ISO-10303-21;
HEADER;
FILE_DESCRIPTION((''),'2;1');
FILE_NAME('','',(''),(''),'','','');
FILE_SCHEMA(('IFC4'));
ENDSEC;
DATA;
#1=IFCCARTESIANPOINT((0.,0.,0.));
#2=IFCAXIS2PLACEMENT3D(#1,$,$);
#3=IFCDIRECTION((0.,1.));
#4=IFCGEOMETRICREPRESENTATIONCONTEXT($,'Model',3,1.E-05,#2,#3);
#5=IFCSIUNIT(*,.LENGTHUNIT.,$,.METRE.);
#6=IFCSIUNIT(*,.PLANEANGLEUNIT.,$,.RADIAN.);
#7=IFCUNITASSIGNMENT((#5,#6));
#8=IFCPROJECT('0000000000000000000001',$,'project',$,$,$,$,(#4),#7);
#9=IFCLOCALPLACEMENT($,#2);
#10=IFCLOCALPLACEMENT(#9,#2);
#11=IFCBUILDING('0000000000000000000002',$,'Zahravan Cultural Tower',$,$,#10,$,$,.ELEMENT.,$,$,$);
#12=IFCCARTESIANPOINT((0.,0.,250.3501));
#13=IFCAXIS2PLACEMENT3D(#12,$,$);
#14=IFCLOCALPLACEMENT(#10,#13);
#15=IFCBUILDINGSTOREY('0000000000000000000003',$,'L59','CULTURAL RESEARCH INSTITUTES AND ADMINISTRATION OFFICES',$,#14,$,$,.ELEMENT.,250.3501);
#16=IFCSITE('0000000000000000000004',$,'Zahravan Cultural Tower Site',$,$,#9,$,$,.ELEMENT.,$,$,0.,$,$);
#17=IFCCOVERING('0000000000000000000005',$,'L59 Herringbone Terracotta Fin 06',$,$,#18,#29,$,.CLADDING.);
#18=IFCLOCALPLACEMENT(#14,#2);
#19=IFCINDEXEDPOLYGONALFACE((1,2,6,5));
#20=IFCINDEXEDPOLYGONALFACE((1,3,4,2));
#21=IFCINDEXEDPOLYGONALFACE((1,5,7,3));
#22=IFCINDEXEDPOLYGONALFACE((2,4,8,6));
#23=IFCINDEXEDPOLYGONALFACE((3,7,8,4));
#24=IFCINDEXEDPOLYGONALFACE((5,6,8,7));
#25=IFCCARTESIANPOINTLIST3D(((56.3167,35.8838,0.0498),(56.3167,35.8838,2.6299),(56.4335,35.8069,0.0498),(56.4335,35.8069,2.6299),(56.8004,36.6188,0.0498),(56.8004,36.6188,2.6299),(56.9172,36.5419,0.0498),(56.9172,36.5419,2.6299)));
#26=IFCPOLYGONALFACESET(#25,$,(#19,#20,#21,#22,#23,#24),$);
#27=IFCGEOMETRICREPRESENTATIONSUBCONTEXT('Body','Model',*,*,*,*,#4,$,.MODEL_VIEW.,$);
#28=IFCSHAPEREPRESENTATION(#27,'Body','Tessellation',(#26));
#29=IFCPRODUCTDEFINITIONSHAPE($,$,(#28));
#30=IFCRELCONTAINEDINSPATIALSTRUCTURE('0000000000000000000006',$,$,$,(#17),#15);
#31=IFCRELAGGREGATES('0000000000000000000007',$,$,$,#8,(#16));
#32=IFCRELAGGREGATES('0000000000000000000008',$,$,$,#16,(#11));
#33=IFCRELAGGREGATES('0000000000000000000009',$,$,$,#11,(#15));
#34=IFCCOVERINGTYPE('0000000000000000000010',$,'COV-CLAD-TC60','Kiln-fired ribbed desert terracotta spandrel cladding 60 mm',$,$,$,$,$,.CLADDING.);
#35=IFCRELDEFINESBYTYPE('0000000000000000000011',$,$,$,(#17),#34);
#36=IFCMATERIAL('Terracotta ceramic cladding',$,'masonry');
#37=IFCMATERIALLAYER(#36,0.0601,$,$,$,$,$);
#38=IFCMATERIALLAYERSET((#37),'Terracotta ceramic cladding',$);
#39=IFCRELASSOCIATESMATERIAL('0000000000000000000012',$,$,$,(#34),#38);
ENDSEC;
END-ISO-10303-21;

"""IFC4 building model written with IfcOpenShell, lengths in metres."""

from ifc_helpers import new_model, si_unit, direction, frame, origin, origin_2d, place, context, subcontext, project, spatial, rectangle, extrude, source, transform, mapped, material, layer, layer_set, type_object, element, save


model = new_model("IFC4")

# Units and contexts
model_context = context("Model", 3, precision=1e-05, world=origin(), true_north=direction((0.0, 1.0)))
body_context = subcontext(model_context, "Body", "Model", "MODEL_VIEW")
ifc_project = project(units=[si_unit("LENGTHUNIT", "METRE"), si_unit("PLANEANGLEUNIT", "RADIAN")], contexts=[model_context])

# Site, building, storey
site_placement = place(None, origin())
site = spatial("IfcSite", under=ifc_project, at=site_placement, Name="Zahravan Cultural Tower Site", CompositionType="ELEMENT", RefElevation=0.0)
building_placement = place(site_placement, origin())
building = spatial("IfcBuilding", under=site, at=building_placement, Name="Zahravan Cultural Tower", CompositionType="ELEMENT")
storey_placement = place(building_placement, frame((0.0, 0.0, 250.3501)))
storey = spatial("IfcBuildingStorey", under=building, at=storey_placement, Name="L59", Description="CULTURAL RESEARCH INSTITUTES AND ADMINISTRATION OFFICES", CompositionType="ELEMENT", Elevation=250.3501)

# Covering
ifc_material_1 = material(Name="Terracotta ceramic cladding", Category="masonry")
ifc_layer_1 = layer(ifc_material_1, 0.0601)
ifc_layer_set_1 = layer_set([ifc_layer_1], Name="Terracotta ceramic cladding")
covering_type = type_object("IfcCoveringType", Name="COV-CLAD-TC60", Description="Kiln-fired ribbed desert terracotta spandrel cladding 60 mm", PredefinedType="CLADDING", material=ifc_layer_set_1)
shared_shape_1 = source(origin(), body_context, "Body", "SweptSolid", [
    extrude(rectangle(XDim=0.8799, YDim=0.1399, at=origin_2d()), origin(), (0.0, 0.0, 1.0), 2.5801),
])
for number, where, z_axis, x_axis, name in (
    (1, (56.6169, 36.2129, 0.0498), (0.0, 0.0, 1.0), (0.549752, 0.835328, 0.0), "L59 Herringbone Terracotta Fin 06"),
):
    element("IfcCovering", number, at=place(storey_placement, frame(where, z_axis=z_axis, x_axis=x_axis)), inside=storey, type_object=covering_type, Name=name, PredefinedType="CLADDING", context=body_context, shape_type="MappedRepresentation", body=[
        mapped(shared_shape_1, transform((0.0, 0.0, 0.0), x_axis=(1.0, 0.0, 0.0), y_axis=(0.0, 1.0, 0.0), z_axis=(0.0, 0.0, 1.0), scale=1.0)),
    ])

save(model, "model.ifc")
